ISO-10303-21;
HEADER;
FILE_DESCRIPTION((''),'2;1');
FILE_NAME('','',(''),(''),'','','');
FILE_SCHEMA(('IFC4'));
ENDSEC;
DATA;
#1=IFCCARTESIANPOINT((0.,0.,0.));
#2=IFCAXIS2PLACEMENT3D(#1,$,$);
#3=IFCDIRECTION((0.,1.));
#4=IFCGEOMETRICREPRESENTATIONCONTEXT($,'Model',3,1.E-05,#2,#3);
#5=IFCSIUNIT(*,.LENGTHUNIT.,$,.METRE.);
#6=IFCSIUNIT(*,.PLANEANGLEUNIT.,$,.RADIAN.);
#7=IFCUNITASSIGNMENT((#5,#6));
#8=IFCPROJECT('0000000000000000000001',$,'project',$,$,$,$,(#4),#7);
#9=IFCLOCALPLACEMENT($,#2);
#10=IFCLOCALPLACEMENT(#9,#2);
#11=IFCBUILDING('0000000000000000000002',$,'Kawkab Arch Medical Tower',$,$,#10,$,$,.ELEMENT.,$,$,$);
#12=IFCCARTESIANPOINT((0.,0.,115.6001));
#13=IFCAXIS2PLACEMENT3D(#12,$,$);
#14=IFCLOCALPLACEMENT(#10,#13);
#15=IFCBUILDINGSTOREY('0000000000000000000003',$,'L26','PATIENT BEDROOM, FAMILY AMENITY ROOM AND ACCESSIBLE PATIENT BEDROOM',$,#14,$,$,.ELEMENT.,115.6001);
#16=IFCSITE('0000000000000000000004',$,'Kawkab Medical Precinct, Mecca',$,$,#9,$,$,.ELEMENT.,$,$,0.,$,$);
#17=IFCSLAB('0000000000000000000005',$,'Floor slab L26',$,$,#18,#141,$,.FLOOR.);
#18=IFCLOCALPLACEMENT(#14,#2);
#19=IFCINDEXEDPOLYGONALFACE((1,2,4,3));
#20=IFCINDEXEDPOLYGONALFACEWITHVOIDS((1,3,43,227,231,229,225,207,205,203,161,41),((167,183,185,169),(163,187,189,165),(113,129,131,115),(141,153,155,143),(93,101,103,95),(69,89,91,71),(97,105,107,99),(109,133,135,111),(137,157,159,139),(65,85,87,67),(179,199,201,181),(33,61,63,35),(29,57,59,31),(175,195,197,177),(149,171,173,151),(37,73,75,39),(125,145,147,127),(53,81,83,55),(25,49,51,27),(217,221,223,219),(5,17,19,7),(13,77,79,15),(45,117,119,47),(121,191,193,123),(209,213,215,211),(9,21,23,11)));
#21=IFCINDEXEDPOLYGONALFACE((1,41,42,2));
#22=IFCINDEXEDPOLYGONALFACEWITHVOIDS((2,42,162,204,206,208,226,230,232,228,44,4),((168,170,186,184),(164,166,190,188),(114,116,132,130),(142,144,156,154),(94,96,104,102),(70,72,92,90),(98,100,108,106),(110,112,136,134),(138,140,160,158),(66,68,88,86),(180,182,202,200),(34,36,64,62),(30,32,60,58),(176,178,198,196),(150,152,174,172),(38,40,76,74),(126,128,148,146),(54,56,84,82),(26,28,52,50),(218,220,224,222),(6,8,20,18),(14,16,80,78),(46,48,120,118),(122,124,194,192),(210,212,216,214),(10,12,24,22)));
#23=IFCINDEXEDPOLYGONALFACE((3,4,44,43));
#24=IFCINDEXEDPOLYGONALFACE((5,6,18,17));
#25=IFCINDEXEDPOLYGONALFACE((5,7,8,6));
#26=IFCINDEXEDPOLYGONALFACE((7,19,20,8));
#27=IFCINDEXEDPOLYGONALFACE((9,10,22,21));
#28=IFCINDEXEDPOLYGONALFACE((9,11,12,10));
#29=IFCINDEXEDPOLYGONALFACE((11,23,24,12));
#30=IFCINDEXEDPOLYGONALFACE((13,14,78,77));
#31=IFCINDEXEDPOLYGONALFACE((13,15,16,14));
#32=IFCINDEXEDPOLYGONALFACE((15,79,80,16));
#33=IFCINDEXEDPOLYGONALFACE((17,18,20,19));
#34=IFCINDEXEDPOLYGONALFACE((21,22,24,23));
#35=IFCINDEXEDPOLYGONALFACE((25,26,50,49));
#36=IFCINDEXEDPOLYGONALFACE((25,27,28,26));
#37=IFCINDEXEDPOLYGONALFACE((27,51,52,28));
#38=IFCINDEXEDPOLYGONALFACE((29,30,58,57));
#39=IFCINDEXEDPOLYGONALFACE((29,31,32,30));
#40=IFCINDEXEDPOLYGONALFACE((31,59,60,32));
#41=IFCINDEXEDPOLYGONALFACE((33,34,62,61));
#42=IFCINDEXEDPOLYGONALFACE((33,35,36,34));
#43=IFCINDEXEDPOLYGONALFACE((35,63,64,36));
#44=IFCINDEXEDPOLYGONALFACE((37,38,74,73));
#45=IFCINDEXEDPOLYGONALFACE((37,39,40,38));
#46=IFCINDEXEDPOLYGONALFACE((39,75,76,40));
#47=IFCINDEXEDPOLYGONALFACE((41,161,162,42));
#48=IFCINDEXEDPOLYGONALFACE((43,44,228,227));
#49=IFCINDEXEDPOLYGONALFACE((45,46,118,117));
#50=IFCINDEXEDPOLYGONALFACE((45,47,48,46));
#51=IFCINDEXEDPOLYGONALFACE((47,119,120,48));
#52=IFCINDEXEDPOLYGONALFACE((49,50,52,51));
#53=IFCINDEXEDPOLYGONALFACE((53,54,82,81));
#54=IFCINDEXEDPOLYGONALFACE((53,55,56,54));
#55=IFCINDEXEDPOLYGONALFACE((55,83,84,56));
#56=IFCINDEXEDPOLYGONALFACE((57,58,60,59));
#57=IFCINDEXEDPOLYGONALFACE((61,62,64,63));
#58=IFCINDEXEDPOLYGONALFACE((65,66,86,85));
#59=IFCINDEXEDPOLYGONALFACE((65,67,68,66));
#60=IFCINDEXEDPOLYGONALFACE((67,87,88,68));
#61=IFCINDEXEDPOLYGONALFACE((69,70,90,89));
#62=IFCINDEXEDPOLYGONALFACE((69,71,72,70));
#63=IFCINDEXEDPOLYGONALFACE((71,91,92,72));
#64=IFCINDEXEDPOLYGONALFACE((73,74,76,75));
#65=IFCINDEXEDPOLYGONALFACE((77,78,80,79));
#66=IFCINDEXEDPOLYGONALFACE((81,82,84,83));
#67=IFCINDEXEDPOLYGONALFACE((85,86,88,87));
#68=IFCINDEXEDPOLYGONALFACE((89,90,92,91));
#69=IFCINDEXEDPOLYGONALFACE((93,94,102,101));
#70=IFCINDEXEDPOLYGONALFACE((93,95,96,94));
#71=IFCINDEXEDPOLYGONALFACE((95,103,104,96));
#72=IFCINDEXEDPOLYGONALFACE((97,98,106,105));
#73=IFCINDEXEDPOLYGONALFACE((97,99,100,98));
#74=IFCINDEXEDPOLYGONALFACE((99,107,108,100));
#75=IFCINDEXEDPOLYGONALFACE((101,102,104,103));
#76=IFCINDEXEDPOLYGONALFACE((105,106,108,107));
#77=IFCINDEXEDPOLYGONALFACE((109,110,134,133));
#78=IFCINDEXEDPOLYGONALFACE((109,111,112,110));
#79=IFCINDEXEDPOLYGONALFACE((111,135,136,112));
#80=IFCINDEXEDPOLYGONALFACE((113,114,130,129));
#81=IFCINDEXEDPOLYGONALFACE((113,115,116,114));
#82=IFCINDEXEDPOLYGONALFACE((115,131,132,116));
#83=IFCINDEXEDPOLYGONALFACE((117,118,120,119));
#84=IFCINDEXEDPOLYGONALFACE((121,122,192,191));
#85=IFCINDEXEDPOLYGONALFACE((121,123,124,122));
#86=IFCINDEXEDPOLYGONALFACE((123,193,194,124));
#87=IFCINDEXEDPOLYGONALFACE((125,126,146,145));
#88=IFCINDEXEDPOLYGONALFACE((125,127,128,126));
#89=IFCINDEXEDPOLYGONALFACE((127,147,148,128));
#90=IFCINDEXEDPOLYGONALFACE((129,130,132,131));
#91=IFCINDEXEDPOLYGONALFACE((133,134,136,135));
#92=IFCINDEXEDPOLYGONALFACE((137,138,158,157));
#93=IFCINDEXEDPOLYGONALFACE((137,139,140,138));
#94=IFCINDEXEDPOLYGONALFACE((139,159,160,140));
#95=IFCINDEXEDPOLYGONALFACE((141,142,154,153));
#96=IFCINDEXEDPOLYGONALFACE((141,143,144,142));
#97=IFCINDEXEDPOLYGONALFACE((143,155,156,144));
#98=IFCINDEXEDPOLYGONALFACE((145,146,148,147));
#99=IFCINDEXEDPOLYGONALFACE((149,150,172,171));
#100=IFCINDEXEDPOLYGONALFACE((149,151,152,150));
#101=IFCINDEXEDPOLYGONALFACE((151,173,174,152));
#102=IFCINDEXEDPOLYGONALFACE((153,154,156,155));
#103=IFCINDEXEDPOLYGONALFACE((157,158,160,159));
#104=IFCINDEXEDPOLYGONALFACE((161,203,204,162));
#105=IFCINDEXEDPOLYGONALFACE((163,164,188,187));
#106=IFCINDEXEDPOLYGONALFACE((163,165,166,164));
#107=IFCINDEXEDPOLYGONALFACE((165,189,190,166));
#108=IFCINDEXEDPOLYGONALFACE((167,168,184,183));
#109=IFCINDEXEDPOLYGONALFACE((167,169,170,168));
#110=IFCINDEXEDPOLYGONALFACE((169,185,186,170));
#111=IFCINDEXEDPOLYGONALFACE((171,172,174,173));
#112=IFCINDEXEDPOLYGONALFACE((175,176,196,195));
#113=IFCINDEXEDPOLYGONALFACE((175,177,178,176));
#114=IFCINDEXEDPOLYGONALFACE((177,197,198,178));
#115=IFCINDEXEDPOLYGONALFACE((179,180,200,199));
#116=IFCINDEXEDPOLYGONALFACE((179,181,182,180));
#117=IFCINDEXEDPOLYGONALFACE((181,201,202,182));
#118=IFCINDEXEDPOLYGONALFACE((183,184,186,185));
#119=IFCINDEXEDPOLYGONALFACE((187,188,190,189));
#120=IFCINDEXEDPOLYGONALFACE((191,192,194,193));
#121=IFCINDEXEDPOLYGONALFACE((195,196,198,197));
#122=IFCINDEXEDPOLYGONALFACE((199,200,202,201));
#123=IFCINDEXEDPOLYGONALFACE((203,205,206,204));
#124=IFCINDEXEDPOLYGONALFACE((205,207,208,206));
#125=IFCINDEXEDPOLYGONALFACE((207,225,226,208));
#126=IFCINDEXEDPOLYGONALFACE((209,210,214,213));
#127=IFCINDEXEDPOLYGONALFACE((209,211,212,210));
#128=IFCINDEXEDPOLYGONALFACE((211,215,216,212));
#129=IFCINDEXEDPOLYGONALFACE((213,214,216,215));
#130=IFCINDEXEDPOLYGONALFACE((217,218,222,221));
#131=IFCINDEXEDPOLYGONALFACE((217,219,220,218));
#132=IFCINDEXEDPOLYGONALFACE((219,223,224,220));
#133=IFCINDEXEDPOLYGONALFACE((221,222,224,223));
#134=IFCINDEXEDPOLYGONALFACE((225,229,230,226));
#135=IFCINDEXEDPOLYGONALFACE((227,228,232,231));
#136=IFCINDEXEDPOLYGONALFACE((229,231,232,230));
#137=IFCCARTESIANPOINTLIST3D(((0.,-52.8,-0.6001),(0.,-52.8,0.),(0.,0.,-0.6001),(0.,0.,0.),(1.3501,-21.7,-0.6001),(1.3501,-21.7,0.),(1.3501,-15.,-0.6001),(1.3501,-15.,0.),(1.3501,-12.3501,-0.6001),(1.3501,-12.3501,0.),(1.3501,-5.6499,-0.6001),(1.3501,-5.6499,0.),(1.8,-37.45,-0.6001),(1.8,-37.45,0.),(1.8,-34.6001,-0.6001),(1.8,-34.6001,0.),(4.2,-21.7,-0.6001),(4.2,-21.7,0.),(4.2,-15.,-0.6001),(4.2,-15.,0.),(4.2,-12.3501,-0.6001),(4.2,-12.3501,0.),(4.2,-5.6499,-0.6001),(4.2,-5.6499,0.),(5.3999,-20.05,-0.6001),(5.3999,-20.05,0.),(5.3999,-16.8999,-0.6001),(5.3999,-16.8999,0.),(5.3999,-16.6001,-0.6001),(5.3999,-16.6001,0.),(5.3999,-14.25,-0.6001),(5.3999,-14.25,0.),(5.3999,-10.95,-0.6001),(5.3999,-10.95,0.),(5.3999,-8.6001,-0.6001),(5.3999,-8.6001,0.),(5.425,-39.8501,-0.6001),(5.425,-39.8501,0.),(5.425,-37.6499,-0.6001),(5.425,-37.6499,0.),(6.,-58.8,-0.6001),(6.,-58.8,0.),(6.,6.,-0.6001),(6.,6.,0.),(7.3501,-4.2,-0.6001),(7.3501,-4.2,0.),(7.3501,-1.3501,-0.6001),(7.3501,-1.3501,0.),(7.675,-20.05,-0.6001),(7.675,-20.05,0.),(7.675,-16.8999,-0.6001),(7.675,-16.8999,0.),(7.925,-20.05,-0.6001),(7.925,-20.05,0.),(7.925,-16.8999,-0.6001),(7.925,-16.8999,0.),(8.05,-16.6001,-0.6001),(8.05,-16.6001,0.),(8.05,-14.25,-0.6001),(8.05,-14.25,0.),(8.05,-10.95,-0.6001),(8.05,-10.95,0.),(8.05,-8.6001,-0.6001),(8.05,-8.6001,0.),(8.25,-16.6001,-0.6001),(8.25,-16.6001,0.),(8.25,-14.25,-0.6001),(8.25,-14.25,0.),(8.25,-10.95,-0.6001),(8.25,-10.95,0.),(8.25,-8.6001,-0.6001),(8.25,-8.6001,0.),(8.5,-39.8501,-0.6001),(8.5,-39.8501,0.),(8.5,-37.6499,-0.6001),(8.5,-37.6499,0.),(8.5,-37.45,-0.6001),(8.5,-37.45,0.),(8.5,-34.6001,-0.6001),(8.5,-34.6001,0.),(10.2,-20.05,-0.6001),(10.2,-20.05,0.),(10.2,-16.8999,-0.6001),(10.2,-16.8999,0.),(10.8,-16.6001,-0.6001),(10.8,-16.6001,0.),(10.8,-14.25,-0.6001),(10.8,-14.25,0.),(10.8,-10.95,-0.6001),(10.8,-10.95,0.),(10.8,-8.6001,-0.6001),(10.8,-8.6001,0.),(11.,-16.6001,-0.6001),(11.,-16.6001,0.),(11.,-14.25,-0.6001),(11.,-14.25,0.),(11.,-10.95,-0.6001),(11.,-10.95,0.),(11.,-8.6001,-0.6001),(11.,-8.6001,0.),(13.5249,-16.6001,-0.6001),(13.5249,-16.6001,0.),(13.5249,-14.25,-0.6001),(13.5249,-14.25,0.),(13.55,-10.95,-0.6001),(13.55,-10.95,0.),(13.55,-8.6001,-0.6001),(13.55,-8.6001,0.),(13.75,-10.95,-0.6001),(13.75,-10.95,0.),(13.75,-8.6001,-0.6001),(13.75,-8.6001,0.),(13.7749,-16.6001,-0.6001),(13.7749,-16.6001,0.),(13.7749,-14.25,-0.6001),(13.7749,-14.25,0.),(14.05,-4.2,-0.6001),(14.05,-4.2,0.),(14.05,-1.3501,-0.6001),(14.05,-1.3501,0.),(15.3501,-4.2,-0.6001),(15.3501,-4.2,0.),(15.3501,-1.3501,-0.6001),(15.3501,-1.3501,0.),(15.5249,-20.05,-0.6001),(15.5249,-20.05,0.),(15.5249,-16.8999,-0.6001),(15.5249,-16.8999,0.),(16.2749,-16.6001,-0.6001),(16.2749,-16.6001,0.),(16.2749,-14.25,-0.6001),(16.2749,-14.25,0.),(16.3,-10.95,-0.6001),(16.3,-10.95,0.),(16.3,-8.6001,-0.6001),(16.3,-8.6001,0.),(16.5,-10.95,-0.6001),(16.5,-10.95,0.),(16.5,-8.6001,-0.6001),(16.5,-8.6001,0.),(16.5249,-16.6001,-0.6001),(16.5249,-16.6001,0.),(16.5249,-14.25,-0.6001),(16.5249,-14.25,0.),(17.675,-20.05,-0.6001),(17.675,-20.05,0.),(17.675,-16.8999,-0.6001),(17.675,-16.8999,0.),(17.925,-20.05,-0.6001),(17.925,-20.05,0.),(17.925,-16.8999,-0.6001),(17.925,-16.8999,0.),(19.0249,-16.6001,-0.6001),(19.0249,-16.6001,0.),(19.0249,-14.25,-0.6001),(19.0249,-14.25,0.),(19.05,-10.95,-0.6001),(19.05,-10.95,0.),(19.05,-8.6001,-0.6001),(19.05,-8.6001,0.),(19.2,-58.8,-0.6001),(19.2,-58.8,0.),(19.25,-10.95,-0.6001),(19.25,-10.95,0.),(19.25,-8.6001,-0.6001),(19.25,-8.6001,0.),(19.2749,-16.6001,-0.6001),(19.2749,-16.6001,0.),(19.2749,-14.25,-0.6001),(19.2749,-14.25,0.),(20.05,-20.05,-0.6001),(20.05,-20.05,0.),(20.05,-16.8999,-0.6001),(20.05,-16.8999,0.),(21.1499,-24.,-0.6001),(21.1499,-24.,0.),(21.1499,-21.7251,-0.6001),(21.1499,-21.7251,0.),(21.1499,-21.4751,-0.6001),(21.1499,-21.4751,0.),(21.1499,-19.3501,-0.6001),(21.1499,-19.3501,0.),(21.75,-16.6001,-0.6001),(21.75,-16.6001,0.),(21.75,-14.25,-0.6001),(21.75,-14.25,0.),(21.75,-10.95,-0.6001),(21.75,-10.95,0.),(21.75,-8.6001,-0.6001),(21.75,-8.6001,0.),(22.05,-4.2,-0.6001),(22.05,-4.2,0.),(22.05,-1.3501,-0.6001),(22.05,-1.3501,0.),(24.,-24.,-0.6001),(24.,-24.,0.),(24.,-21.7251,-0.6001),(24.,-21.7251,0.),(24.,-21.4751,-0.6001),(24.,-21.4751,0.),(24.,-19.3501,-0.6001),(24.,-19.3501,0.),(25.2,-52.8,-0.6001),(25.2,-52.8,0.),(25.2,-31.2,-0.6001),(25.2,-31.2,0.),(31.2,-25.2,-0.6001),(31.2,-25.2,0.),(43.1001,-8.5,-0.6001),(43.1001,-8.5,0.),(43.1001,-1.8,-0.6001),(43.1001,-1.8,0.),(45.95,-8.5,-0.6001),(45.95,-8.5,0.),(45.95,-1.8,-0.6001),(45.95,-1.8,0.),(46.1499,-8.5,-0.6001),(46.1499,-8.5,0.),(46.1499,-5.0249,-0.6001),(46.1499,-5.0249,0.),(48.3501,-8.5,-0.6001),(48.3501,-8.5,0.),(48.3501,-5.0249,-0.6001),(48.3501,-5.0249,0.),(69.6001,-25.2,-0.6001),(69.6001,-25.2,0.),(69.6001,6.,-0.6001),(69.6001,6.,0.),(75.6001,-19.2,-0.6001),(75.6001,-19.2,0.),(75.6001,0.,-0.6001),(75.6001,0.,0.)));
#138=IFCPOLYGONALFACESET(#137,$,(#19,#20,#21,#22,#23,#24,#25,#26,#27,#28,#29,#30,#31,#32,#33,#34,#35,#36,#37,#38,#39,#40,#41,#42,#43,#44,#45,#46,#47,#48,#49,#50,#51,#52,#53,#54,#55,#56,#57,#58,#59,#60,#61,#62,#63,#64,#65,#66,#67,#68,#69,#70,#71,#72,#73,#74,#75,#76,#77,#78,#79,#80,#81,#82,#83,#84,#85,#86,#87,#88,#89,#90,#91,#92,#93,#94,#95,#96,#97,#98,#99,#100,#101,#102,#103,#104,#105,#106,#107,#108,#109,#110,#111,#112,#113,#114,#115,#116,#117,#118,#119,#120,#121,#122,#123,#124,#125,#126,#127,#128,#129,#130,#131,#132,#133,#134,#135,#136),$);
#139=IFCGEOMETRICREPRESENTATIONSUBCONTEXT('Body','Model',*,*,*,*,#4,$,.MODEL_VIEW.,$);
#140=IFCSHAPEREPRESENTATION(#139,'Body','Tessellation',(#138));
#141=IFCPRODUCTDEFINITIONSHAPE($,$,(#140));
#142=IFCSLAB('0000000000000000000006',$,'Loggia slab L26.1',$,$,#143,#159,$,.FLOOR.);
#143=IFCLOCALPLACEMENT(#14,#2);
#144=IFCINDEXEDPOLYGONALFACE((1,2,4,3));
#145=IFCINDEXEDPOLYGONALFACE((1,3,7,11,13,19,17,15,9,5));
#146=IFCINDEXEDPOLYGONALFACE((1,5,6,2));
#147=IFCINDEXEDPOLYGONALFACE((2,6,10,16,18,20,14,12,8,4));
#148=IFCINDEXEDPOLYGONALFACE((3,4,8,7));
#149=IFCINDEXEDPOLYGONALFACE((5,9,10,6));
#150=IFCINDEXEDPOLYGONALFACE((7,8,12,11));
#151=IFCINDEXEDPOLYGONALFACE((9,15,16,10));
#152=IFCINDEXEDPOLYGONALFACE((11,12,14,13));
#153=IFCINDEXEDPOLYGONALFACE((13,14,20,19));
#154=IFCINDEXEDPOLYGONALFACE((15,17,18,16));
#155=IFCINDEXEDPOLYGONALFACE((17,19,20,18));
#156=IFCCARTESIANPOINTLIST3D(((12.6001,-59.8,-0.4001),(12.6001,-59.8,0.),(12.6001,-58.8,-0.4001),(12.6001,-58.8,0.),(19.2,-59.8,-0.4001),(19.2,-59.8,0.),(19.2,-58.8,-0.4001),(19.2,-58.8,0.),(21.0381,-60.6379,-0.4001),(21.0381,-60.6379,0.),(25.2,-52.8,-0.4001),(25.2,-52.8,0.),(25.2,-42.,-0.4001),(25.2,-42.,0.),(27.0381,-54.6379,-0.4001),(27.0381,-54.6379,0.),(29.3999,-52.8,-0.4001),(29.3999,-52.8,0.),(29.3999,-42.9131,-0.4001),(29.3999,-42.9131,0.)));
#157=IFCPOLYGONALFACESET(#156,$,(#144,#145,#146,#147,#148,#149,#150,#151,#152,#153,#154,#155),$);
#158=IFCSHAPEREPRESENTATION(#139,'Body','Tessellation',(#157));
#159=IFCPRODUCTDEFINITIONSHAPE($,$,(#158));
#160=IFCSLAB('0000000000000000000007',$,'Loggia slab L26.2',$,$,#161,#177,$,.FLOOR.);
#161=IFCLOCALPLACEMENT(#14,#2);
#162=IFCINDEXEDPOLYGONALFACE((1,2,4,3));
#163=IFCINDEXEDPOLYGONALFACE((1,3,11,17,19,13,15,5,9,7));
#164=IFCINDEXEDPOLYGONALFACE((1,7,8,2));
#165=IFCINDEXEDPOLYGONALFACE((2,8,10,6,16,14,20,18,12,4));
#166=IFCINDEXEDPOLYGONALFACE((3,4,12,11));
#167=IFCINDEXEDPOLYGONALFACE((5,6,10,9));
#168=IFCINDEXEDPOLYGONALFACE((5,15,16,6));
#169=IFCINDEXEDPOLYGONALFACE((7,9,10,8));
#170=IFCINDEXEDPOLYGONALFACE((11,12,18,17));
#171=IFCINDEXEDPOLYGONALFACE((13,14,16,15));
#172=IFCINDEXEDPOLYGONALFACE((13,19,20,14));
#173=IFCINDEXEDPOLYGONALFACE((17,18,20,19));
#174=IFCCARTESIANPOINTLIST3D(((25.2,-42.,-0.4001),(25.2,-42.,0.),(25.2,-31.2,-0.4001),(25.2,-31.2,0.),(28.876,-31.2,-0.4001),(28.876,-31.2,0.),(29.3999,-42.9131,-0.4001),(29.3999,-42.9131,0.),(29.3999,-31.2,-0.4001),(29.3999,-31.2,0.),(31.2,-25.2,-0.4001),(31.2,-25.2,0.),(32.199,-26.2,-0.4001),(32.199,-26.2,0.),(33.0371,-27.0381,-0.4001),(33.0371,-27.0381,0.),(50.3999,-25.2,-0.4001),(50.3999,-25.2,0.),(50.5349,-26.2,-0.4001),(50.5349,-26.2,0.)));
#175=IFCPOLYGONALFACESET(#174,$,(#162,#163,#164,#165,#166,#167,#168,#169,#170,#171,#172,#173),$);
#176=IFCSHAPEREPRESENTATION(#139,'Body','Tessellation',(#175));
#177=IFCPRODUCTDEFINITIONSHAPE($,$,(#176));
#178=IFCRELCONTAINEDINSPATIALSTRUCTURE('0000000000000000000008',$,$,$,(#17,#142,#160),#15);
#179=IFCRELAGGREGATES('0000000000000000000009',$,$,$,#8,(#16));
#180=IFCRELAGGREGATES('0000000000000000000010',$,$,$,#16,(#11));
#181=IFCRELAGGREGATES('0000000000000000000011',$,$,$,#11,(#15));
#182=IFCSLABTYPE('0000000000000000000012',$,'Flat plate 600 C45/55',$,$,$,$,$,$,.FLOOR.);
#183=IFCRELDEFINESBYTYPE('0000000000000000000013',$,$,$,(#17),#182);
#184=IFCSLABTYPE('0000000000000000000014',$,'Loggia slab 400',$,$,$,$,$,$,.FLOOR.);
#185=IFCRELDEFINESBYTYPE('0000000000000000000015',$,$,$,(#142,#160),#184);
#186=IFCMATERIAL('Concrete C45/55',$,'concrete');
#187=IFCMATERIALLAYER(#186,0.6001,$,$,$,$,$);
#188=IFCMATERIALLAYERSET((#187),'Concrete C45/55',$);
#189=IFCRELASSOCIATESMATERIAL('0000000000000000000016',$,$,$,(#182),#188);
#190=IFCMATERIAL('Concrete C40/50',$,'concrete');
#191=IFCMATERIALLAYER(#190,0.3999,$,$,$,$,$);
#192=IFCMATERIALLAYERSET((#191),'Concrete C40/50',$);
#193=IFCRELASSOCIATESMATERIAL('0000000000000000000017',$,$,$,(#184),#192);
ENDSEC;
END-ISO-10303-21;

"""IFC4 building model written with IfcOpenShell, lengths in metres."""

from ifc_helpers import new_model, si_unit, direction, frame, origin, place, context, subcontext, project, spatial, polyline, outline, extrude, material, layer, layer_set, type_object, element, save


model = new_model("IFC4")

# Units and contexts
model_context = context("Model", 3, precision=1e-05, world=origin(), true_north=direction((0.0, 1.0)))
body_context = subcontext(model_context, "Body", "Model", "MODEL_VIEW")
ifc_project = project(units=[si_unit("LENGTHUNIT", "METRE"), si_unit("PLANEANGLEUNIT", "RADIAN")], contexts=[model_context])

# Site, building, storey
site_placement = place(None, origin())
site = spatial("IfcSite", under=ifc_project, at=site_placement, Name="Kawkab Medical Precinct, Mecca", CompositionType="ELEMENT", RefElevation=0.0)
building_placement = place(site_placement, origin())
building = spatial("IfcBuilding", under=site, at=building_placement, Name="Kawkab Arch Medical Tower", CompositionType="ELEMENT")
storey_placement = place(building_placement, frame((0.0, 0.0, 115.6001)))
storey = spatial("IfcBuildingStorey", under=building, at=storey_placement, Name="L26", Description="PATIENT BEDROOM, FAMILY AMENITY ROOM AND ACCESSIBLE PATIENT BEDROOM", CompositionType="ELEMENT", Elevation=115.6001)

# Slabs
ifc_material_1 = material(Name="Concrete C45/55", Category="concrete")
ifc_layer_1 = layer(ifc_material_1, 0.6001)
ifc_layer_set_1 = layer_set([ifc_layer_1], Name="Concrete C45/55")
slab_type_1 = type_object("IfcSlabType", Name="Flat plate 600 C45/55", PredefinedType="FLOOR", material=ifc_layer_set_1)
slab_1_placement = place(storey_placement, frame((0.0, 0.0, -0.6001)))
element("IfcSlab", 1, at=slab_1_placement, inside=storey, type_object=slab_type_1, Name="Floor slab L26", PredefinedType="FLOOR", context=body_context, shape_type="SweptSolid", body=[
    extrude(outline(polyline([(6.0, 6.0), (69.6001, 6.0), (75.6001, 0.0), (75.6001, -19.2), (69.6001, -25.2), (31.2, -25.2), (25.2, -31.2), (25.2, -52.8), (19.2, -58.8), (6.0, -58.8), (0.0, -52.8), (0.0, 0.0), (6.0, 6.0)]), holes=[polyline([(5.425, -37.6499), (5.425, -39.8501), (8.5, -39.8501), (8.5, -37.6499), (5.425, -37.6499)]), polyline([(1.8, -37.45), (8.5, -37.45), (8.5, -34.6001), (1.8, -34.6001), (1.8, -37.45)]), polyline([(5.3999, -16.8999), (5.3999, -20.05), (7.675, -20.05), (7.675, -16.8999), (5.3999, -16.8999)]), polyline([(10.2, -16.8999), (7.925, -16.8999), (7.925, -20.05), (10.2, -20.05), (10.2, -16.8999)]), polyline([(4.2, -21.7), (4.2, -15.0), (1.3501, -15.0), (1.3501, -21.7), (4.2, -21.7)]), polyline([(5.3999, -14.25), (5.3999, -16.6001), (8.05, -16.6001), (8.05, -14.25), (5.3999, -14.25)]), polyline([(8.25, -14.25), (8.25, -16.6001), (10.8, -16.6001), (10.8, -14.25), (8.25, -14.25)]), polyline([(11.0, -16.6001), (13.5249, -16.6001), (13.5249, -14.25), (11.0, -14.25), (11.0, -16.6001)]), polyline([(5.3999, -8.6001), (5.3999, -10.95), (8.05, -10.95), (8.05, -8.6001), (5.3999, -8.6001)]), polyline([(8.25, -8.6001), (8.25, -10.95), (10.8, -10.95), (10.8, -8.6001), (8.25, -8.6001)]), polyline([(13.55, -10.95), (13.55, -8.6001), (11.0, -8.6001), (11.0, -10.95), (13.55, -10.95)]), polyline([(4.2, -12.3501), (4.2, -5.6499), (1.3501, -5.6499), (1.3501, -12.3501), (4.2, -12.3501)]), polyline([(7.3501, -4.2), (14.05, -4.2), (14.05, -1.3501), (7.3501, -1.3501), (7.3501, -4.2)]), polyline([(24.0, -21.7251), (21.1499, -21.7251), (21.1499, -24.0), (24.0, -24.0), (24.0, -21.7251)]), polyline([(24.0, -21.4751), (24.0, -19.3501), (21.1499, -19.3501), (21.1499, -21.4751), (24.0, -21.4751)]), polyline([(15.5249, -20.05), (17.675, -20.05), (17.675, -16.8999), (15.5249, -16.8999), (15.5249, -20.05)]), polyline([(20.05, -20.05), (20.05, -16.8999), (17.925, -16.8999), (17.925, -20.05), (20.05, -20.05)]), polyline([(13.7749, -14.25), (13.7749, -16.6001), (16.2749, -16.6001), (16.2749, -14.25), (13.7749, -14.25)]), polyline([(16.5249, -14.25), (16.5249, -16.6001), (19.0249, -16.6001), (19.0249, -14.25), (16.5249, -14.25)]), polyline([(21.75, -16.6001), (21.75, -14.25), (19.2749, -14.25), (19.2749, -16.6001), (21.75, -16.6001)]), polyline([(13.75, -10.95), (16.3, -10.95), (16.3, -8.6001), (13.75, -8.6001), (13.75, -10.95)]), polyline([(16.5, -10.95), (19.05, -10.95), (19.05, -8.6001), (16.5, -8.6001), (16.5, -10.95)]), polyline([(21.75, -10.95), (21.75, -8.6001), (19.25, -8.6001), (19.25, -10.95), (21.75, -10.95)]), polyline([(46.1499, -5.0249), (46.1499, -8.5), (48.3501, -8.5), (48.3501, -5.0249), (46.1499, -5.0249)]), polyline([(43.1001, -1.8), (43.1001, -8.5), (45.95, -8.5), (45.95, -1.8), (43.1001, -1.8)]), polyline([(22.05, -1.3501), (15.3501, -1.3501), (15.3501, -4.2), (22.05, -4.2), (22.05, -1.3501)])]), origin(), (0.0, 0.0, 1.0), 0.6001),
])
ifc_material_2 = material(Name="Concrete C40/50", Category="concrete")
ifc_layer_2 = layer(ifc_material_2, 0.3999)
ifc_layer_set_2 = layer_set([ifc_layer_2], Name="Concrete C40/50")
slab_type_2 = type_object("IfcSlabType", Name="Loggia slab 400", PredefinedType="FLOOR", material=ifc_layer_set_2)
placement_1 = place(storey_placement, frame((0.0, 0.0, -0.4001)))
element("IfcSlab", 2, at=placement_1, inside=storey, type_object=slab_type_2, Name="Loggia slab L26.1", PredefinedType="FLOOR", context=body_context, shape_type="SweptSolid", body=[
    extrude(outline(polyline([(19.2, -59.8), (12.6001, -59.8), (12.6001, -58.8), (19.2, -58.8), (25.2, -52.8), (25.2, -42.0), (29.3999, -42.9131), (29.3999, -52.8), (27.0381, -54.6379), (21.0381, -60.6379), (19.2, -59.8)])), origin(), (0.0, 0.0, 1.0), 0.4001),
])
element("IfcSlab", 3, at=placement_1, inside=storey, type_object=slab_type_2, Name="Loggia slab L26.2", PredefinedType="FLOOR", context=body_context, shape_type="SweptSolid", body=[
    extrude(outline(polyline([(33.0371, -27.0381), (28.876, -31.2), (29.3999, -31.2), (29.3999, -42.9131), (25.2, -42.0), (25.2, -31.2), (31.2, -25.2), (50.3999, -25.2), (50.5349, -26.2), (32.199, -26.2), (33.0371, -27.0381)])), origin(), (0.0, 0.0, 1.0), 0.4001),
])

save(model, "model.ifc")
